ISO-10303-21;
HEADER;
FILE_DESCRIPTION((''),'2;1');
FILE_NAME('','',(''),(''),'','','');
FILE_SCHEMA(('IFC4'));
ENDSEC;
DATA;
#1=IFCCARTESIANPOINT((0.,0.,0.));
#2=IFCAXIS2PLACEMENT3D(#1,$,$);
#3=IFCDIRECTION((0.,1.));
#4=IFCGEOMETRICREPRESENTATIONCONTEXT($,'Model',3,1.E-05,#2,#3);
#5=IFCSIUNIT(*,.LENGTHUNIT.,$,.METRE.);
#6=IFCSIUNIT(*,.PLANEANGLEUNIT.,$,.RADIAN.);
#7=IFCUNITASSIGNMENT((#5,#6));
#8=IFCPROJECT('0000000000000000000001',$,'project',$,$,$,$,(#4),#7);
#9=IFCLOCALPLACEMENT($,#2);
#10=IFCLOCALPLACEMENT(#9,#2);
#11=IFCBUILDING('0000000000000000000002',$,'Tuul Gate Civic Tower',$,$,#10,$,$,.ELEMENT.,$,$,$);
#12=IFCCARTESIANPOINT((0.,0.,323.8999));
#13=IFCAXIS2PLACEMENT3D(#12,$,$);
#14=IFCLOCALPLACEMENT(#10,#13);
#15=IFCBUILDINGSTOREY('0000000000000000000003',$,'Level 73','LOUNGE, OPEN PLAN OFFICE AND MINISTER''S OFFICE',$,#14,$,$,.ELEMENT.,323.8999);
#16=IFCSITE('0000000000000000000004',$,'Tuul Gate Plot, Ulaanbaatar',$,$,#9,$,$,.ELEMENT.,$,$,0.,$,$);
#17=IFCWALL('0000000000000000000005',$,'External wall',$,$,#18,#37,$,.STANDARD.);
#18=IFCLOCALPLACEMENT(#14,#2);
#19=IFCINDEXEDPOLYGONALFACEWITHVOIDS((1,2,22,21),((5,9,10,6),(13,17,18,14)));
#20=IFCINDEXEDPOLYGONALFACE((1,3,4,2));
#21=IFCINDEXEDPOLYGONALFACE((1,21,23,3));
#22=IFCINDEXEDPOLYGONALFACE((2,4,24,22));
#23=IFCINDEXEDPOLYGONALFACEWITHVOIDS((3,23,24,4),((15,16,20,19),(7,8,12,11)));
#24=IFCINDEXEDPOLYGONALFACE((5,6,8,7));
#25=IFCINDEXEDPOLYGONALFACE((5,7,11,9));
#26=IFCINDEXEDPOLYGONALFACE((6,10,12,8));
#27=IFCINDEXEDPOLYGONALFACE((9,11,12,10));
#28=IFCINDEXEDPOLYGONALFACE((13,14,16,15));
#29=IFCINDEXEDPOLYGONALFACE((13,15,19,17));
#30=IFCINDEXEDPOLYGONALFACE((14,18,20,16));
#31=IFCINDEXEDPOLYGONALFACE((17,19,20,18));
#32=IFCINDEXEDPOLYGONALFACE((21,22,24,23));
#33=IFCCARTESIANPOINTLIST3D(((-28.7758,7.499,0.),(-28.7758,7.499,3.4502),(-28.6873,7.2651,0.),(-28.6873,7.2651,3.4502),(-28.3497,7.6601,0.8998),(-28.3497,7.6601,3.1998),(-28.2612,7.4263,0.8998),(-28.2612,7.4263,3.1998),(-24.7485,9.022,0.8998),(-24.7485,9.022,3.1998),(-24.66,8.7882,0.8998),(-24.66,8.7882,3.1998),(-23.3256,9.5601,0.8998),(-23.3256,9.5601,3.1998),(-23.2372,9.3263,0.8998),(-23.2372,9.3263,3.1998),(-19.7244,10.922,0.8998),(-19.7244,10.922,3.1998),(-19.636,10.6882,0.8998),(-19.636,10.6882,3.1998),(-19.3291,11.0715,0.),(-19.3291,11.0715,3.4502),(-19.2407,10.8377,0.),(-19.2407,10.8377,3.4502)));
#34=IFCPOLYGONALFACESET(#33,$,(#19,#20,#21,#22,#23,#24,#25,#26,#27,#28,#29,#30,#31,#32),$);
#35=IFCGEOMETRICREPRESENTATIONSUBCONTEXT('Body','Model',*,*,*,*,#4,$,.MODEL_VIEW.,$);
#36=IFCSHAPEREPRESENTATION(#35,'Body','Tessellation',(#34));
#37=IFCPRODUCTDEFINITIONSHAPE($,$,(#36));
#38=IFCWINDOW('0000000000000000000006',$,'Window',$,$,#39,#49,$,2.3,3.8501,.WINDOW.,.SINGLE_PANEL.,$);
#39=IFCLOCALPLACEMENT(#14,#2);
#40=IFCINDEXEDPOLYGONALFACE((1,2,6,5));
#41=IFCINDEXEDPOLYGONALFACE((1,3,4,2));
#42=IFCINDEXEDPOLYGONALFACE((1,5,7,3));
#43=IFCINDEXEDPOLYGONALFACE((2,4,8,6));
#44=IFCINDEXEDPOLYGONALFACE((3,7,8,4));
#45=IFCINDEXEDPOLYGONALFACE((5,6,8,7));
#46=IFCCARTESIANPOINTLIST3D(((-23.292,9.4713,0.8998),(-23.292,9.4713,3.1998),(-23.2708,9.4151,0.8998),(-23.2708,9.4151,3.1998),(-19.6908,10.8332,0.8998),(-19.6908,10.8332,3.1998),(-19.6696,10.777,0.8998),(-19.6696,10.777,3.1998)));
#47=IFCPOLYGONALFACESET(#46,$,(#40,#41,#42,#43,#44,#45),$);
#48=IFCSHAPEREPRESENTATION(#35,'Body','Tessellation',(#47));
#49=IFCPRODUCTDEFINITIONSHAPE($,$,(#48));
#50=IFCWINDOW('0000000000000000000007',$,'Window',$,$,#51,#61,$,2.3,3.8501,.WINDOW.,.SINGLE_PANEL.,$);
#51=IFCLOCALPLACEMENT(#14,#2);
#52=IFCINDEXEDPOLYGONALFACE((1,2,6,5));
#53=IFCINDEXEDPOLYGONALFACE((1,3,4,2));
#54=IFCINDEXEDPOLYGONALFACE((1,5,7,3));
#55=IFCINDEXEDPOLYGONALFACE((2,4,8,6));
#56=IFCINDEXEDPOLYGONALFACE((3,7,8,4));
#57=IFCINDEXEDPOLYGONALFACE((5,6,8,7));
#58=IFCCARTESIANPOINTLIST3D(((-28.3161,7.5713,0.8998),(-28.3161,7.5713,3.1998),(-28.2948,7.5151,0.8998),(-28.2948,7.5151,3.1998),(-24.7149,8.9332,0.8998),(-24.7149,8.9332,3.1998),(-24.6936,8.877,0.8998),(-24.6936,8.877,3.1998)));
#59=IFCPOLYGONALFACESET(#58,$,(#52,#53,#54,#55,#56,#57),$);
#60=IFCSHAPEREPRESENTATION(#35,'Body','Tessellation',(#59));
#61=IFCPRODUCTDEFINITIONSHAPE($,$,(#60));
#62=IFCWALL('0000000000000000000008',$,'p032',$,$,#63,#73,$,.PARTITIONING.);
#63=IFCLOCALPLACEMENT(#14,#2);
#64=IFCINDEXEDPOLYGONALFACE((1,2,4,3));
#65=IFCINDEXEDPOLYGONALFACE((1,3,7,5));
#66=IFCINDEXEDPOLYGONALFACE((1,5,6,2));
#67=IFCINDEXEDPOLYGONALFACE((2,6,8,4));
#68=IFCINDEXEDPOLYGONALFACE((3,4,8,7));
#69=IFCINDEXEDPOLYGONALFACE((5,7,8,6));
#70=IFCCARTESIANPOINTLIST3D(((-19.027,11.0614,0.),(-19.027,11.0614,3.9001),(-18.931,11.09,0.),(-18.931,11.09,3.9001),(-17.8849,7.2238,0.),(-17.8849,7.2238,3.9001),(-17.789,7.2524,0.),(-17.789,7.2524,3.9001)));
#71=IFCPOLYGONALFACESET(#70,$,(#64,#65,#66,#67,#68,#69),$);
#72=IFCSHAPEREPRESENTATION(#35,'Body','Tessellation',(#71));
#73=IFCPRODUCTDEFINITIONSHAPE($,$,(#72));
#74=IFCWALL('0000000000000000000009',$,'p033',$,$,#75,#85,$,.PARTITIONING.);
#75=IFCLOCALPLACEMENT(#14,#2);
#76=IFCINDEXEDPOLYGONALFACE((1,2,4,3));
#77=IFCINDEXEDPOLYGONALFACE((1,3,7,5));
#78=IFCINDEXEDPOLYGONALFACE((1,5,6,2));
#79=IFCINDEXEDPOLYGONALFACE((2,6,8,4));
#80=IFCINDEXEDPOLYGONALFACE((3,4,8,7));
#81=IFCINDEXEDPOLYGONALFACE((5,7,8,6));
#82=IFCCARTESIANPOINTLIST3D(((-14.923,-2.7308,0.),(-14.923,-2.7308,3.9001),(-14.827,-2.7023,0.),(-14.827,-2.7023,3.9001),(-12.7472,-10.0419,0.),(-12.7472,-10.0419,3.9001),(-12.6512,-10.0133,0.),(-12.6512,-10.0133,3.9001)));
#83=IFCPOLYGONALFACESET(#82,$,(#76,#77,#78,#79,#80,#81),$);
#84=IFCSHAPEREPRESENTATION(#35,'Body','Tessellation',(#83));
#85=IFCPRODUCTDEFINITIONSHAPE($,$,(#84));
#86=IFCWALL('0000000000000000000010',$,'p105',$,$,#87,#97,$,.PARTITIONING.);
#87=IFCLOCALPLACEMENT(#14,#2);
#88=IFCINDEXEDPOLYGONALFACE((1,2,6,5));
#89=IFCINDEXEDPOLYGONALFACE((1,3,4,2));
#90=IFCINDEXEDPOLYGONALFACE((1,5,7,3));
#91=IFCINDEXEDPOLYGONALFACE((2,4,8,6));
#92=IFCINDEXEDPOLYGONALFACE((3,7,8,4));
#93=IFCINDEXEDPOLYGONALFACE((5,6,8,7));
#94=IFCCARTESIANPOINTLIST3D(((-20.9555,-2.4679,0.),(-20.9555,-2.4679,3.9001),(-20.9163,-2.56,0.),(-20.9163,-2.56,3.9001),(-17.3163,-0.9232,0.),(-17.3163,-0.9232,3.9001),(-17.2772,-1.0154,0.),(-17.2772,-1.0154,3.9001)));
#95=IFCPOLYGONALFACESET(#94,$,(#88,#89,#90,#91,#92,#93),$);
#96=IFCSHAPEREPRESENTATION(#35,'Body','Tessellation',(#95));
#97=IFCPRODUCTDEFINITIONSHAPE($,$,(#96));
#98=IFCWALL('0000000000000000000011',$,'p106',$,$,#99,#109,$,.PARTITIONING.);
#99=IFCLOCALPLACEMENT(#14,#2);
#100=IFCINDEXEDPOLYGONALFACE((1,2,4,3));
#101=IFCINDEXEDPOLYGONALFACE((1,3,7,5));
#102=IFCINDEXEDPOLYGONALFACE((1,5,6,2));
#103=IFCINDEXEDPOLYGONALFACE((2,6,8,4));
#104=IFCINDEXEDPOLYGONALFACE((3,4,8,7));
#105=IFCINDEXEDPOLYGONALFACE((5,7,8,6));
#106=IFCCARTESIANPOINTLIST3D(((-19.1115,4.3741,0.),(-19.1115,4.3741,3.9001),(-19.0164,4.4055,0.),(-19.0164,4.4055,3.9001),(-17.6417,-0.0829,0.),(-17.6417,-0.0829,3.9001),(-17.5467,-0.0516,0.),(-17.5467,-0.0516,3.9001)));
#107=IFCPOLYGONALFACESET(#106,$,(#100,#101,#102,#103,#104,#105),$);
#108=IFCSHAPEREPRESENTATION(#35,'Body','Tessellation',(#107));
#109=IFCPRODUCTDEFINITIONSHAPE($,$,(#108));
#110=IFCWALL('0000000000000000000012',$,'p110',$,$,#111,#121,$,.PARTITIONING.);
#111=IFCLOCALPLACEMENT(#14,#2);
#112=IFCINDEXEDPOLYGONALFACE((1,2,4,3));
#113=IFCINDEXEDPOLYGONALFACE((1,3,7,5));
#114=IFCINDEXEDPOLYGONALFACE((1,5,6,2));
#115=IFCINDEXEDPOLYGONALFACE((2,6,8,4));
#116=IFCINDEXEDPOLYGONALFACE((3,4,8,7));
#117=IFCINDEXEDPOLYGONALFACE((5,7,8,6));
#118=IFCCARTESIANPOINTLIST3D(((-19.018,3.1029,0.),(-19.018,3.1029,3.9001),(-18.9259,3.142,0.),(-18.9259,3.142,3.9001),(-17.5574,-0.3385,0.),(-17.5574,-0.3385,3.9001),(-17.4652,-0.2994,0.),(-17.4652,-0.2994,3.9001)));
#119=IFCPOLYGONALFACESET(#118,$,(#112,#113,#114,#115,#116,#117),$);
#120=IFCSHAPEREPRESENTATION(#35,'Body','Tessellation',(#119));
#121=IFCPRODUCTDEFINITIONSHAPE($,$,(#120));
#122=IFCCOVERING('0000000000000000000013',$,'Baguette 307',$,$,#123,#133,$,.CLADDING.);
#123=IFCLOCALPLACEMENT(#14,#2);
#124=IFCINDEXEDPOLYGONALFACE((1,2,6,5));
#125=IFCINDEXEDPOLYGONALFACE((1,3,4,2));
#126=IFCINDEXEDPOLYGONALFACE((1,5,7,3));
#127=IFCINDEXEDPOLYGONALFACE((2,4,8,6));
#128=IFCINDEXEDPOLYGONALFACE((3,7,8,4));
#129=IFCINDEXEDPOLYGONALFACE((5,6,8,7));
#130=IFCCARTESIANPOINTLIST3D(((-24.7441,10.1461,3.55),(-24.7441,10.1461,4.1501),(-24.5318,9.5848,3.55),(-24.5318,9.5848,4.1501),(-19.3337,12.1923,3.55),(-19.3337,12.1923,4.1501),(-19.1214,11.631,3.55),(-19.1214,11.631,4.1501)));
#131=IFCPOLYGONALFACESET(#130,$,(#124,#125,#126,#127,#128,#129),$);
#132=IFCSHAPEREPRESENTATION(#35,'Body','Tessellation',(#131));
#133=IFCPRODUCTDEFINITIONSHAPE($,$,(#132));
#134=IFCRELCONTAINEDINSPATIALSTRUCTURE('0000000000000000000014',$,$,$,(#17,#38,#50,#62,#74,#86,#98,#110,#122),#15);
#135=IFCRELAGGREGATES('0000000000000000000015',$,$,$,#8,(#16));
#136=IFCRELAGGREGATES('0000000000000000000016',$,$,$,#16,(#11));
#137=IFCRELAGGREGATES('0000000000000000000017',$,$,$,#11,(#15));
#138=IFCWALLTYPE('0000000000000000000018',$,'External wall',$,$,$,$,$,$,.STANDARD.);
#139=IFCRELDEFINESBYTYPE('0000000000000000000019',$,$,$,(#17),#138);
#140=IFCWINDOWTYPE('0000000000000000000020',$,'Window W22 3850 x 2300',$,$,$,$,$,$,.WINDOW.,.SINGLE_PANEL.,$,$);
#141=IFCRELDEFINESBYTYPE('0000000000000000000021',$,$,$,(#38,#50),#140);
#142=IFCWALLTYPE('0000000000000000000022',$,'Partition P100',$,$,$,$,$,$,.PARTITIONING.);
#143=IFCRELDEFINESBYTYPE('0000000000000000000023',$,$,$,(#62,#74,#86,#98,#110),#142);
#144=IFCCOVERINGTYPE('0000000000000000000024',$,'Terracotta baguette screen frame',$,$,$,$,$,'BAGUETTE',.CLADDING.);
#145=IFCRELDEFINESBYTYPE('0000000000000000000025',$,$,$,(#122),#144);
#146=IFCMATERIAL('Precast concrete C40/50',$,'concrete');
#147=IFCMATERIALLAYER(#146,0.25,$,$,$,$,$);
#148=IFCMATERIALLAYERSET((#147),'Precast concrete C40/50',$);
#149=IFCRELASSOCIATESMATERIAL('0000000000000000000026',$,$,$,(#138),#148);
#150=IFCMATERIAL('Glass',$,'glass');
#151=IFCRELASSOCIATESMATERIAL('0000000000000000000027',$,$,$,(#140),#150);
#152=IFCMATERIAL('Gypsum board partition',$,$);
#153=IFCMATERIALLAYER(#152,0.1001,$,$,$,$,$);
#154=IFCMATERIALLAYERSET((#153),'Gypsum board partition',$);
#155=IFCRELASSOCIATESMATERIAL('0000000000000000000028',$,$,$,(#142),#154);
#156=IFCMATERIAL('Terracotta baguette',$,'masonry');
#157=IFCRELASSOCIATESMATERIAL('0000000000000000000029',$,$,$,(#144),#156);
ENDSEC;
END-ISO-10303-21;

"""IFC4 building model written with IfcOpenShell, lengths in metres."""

from ifc_helpers import new_model, si_unit, direction, frame, frame_2d, origin, origin_2d, place, context, subcontext, project, spatial, rectangle, extrude, material, layer, layer_set, material_profile, profile_set, type_object, element, fill, save


model = new_model("IFC4")

# Units and contexts
model_context = context("Model", 3, precision=1e-05, world=origin(), true_north=direction((0.0, 1.0)))
body_context = subcontext(model_context, "Body", "Model", "MODEL_VIEW")
ifc_project = project(units=[si_unit("LENGTHUNIT", "METRE"), si_unit("PLANEANGLEUNIT", "RADIAN")], contexts=[model_context])

# Site, building, storey
site_placement = place(None, origin())
site = spatial("IfcSite", under=ifc_project, at=site_placement, Name="Tuul Gate Plot, Ulaanbaatar", CompositionType="ELEMENT", RefElevation=0.0)
building_placement = place(site_placement, origin())
building = spatial("IfcBuilding", under=site, at=building_placement, Name="Tuul Gate Civic Tower", CompositionType="ELEMENT")
storey_placement = place(building_placement, frame((0.0, 0.0, 323.8999)))
storey = spatial("IfcBuildingStorey", under=building, at=storey_placement, Name="Level 73", Description="LOUNGE, OPEN PLAN OFFICE AND MINISTER'S OFFICE", CompositionType="ELEMENT", Elevation=323.8999)

# Wall, openings, windows
ifc_material_1 = material(Name="Precast concrete C40/50", Category="concrete")
ifc_layer_1 = layer(ifc_material_1, 0.25)
ifc_layer_set_1 = layer_set([ifc_layer_1], Name="Precast concrete C40/50")
wall_type_1 = type_object("IfcWallType", Name="External wall", PredefinedType="STANDARD", material=ifc_layer_set_1)
ifc_material_2 = material(Name="Glass", Category="glass")
window_type = type_object("IfcWindowType", Name="Window W22 3850 x 2300", PartitioningType="SINGLE_PANEL", PredefinedType="WINDOW", material=ifc_material_2)
wall_1_placement = place(storey_placement, frame((-19.2849, 10.9546, 0.0), z_axis=(0.0, 0.0, 1.0), x_axis=(-0.935347, -0.353731, 0.0)))
wall_1 = element("IfcWall", 1, at=wall_1_placement, inside=storey, type_object=wall_type_1, Name="External wall", PredefinedType="STANDARD", context=body_context, shape_type="SweptSolid", body=[
    extrude(rectangle(XDim=10.0996, YDim=0.25, at=frame_2d((5.0498, 0.0))), origin(), (0.0, 0.0, 1.0), 3.4502),
])
opening_1_placement = place(wall_1_placement, frame((0.4226, 0.0, 0.8999)))
opening_1 = element("IfcOpeningElement", 2, at=opening_1_placement, cuts=wall_1, PredefinedType="OPENING", context=body_context, shape_type="SweptSolid", body=[
    extrude(rectangle(XDim=3.8501, YDim=2.3, at=frame_2d((1.925, 1.1499))), frame((0.0, 0.135, 0.0), z_axis=(0.0, -1.0, 0.0), x_axis=(1.0, 0.0, 0.0)), (0.0, 0.0, 1.0), 0.27),
])
opening_2_placement = place(wall_1_placement, frame((5.7939, 0.0, 0.8999)))
opening_2 = element("IfcOpeningElement", 3, at=opening_2_placement, cuts=wall_1, PredefinedType="OPENING", context=body_context, shape_type="SweptSolid", body=[
    extrude(rectangle(XDim=3.8501, YDim=2.3, at=frame_2d((1.925, 1.1499))), frame((0.0, 0.135, 0.0), z_axis=(0.0, -1.0, 0.0), x_axis=(1.0, 0.0, 0.0)), (0.0, 0.0, 1.0), 0.27),
])
window_1_placement = place(opening_1_placement, origin())
window_1 = element("IfcWindow", 4, at=window_1_placement, inside=storey, type_object=window_type, Name="Window", OverallHeight=2.3, OverallWidth=3.8501, PartitioningType="SINGLE_PANEL", PredefinedType="WINDOW", context=body_context, shape_type="SweptSolid", body=[
    extrude(rectangle(XDim=3.8501, YDim=2.3, at=frame_2d((1.925, 1.1499))), frame((0.0, 0.03, 0.0), z_axis=(0.0, -1.0, 0.0), x_axis=(1.0, 0.0, 0.0)), (0.0, 0.0, 1.0), 0.0601),
])
fill(opening_1, window_1)
window_2_placement = place(opening_2_placement, origin())
window_2 = element("IfcWindow", 5, at=window_2_placement, inside=storey, type_object=window_type, Name="Window", OverallHeight=2.3, OverallWidth=3.8501, PartitioningType="SINGLE_PANEL", PredefinedType="WINDOW", context=body_context, shape_type="SweptSolid", body=[
    extrude(rectangle(XDim=3.8501, YDim=2.3, at=frame_2d((1.925, 1.1499))), frame((0.0, 0.03, 0.0), z_axis=(0.0, -1.0, 0.0), x_axis=(1.0, 0.0, 0.0)), (0.0, 0.0, 1.0), 0.0601),
])
fill(opening_2, window_2)

# Walls
ifc_material_3 = material(Name="Gypsum board partition")
ifc_layer_2 = layer(ifc_material_3, 0.1001)
ifc_layer_set_2 = layer_set([ifc_layer_2], Name="Gypsum board partition")
wall_type_2 = type_object("IfcWallType", Name="Partition P100", PredefinedType="PARTITIONING", material=ifc_layer_set_2)
wall_2_placement = place(storey_placement, frame((-18.979, 11.0757, 0.0), z_axis=(0.0, 0.0, 1.0), x_axis=(0.285238, -0.958457, 0.0)))
element("IfcWall", 6, at=wall_2_placement, inside=storey, type_object=wall_type_2, Name="p032", PredefinedType="PARTITIONING", context=body_context, shape_type="SweptSolid", body=[
    extrude(rectangle(XDim=4.0039, YDim=0.1001, at=frame_2d((2.002, 0.0))), origin(), (0.0, 0.0, 1.0), 3.9001),
])
wall_3_placement = place(storey_placement, frame((-14.875, -2.7166, 0.0), z_axis=(0.0, 0.0, 1.0), x_axis=(0.285239, -0.958456, 0.0)))
element("IfcWall", 7, at=wall_3_placement, inside=storey, type_object=wall_type_2, Name="p033", PredefinedType="PARTITIONING", context=body_context, shape_type="SweptSolid", body=[
    extrude(rectangle(XDim=7.6279, YDim=0.1001, at=frame_2d((3.814, 0.0))), origin(), (0.0, 0.0, 1.0), 3.9001),
])
wall_4_placement = place(storey_placement, frame((-20.9358, -2.5139, 0.0), z_axis=(0.0, 0.0, 1.0), x_axis=(0.92051, 0.39072, 0.0)))
element("IfcWall", 8, at=wall_4_placement, inside=storey, type_object=wall_type_2, Name="p105", PredefinedType="PARTITIONING", context=body_context, shape_type="SweptSolid", body=[
    extrude(rectangle(XDim=3.9534, YDim=0.1001, at=frame_2d((1.9766, 0.0))), origin(), (0.0, 0.0, 1.0), 3.9001),
])
wall_5_placement = place(storey_placement, frame((-19.064, 4.3899, 0.0), z_axis=(0.0, 0.0, 1.0), x_axis=(0.313167, -0.949698, 0.0)))
element("IfcWall", 9, at=wall_5_placement, inside=storey, type_object=wall_type_2, Name="p106", PredefinedType="PARTITIONING", context=body_context, shape_type="SweptSolid", body=[
    extrude(rectangle(XDim=4.6931, YDim=0.1001, at=frame_2d((2.3467, 0.0))), origin(), (0.0, 0.0, 1.0), 3.9001),
])
wall_6_placement = place(storey_placement, frame((-18.9719, 3.1223, 0.0), z_axis=(0.0, 0.0, 1.0), x_axis=(0.390709, -0.920514, 0.0)))
element("IfcWall", 10, at=wall_6_placement, inside=storey, type_object=wall_type_2, Name="p110", PredefinedType="PARTITIONING", context=body_context, shape_type="SweptSolid", body=[
    extrude(rectangle(XDim=3.7385, YDim=0.1001, at=frame_2d((1.8691, 0.0))), origin(), (0.0, 0.0, 1.0), 3.9001),
])

# Covering
ifc_material_4 = material(Name="Terracotta baguette", Category="masonry")
ifc_material_profile_1 = material_profile(ifc_material_4, rectangle(XDim=0.6001, YDim=0.6001, at=origin_2d()), Name="Terracotta baguette screen frame")
ifc_profile_set_1 = profile_set([ifc_material_profile_1], Name="Terracotta baguette")
covering_type = type_object("IfcCoveringType", Name="Terracotta baguette screen frame", ElementType="BAGUETTE", PredefinedType="CLADDING", material=ifc_profile_set_1)
covering_placement = place(storey_placement, frame((-19.2275, 11.9116, 3.8501), z_axis=(-0.935346, -0.353735, 0.0), x_axis=(0.353735, -0.935346, 0.0)))
element("IfcCovering", 11, at=covering_placement, inside=storey, type_object=covering_type, Name="Baguette 307", PredefinedType="CLADDING", context=body_context, shape_type="SweptSolid", body=[
    extrude(rectangle(XDim=0.6001, YDim=0.6001, at=origin_2d()), origin(), (0.0, 0.0, 1.0), 5.7844),
])

save(model, "model.ifc")
